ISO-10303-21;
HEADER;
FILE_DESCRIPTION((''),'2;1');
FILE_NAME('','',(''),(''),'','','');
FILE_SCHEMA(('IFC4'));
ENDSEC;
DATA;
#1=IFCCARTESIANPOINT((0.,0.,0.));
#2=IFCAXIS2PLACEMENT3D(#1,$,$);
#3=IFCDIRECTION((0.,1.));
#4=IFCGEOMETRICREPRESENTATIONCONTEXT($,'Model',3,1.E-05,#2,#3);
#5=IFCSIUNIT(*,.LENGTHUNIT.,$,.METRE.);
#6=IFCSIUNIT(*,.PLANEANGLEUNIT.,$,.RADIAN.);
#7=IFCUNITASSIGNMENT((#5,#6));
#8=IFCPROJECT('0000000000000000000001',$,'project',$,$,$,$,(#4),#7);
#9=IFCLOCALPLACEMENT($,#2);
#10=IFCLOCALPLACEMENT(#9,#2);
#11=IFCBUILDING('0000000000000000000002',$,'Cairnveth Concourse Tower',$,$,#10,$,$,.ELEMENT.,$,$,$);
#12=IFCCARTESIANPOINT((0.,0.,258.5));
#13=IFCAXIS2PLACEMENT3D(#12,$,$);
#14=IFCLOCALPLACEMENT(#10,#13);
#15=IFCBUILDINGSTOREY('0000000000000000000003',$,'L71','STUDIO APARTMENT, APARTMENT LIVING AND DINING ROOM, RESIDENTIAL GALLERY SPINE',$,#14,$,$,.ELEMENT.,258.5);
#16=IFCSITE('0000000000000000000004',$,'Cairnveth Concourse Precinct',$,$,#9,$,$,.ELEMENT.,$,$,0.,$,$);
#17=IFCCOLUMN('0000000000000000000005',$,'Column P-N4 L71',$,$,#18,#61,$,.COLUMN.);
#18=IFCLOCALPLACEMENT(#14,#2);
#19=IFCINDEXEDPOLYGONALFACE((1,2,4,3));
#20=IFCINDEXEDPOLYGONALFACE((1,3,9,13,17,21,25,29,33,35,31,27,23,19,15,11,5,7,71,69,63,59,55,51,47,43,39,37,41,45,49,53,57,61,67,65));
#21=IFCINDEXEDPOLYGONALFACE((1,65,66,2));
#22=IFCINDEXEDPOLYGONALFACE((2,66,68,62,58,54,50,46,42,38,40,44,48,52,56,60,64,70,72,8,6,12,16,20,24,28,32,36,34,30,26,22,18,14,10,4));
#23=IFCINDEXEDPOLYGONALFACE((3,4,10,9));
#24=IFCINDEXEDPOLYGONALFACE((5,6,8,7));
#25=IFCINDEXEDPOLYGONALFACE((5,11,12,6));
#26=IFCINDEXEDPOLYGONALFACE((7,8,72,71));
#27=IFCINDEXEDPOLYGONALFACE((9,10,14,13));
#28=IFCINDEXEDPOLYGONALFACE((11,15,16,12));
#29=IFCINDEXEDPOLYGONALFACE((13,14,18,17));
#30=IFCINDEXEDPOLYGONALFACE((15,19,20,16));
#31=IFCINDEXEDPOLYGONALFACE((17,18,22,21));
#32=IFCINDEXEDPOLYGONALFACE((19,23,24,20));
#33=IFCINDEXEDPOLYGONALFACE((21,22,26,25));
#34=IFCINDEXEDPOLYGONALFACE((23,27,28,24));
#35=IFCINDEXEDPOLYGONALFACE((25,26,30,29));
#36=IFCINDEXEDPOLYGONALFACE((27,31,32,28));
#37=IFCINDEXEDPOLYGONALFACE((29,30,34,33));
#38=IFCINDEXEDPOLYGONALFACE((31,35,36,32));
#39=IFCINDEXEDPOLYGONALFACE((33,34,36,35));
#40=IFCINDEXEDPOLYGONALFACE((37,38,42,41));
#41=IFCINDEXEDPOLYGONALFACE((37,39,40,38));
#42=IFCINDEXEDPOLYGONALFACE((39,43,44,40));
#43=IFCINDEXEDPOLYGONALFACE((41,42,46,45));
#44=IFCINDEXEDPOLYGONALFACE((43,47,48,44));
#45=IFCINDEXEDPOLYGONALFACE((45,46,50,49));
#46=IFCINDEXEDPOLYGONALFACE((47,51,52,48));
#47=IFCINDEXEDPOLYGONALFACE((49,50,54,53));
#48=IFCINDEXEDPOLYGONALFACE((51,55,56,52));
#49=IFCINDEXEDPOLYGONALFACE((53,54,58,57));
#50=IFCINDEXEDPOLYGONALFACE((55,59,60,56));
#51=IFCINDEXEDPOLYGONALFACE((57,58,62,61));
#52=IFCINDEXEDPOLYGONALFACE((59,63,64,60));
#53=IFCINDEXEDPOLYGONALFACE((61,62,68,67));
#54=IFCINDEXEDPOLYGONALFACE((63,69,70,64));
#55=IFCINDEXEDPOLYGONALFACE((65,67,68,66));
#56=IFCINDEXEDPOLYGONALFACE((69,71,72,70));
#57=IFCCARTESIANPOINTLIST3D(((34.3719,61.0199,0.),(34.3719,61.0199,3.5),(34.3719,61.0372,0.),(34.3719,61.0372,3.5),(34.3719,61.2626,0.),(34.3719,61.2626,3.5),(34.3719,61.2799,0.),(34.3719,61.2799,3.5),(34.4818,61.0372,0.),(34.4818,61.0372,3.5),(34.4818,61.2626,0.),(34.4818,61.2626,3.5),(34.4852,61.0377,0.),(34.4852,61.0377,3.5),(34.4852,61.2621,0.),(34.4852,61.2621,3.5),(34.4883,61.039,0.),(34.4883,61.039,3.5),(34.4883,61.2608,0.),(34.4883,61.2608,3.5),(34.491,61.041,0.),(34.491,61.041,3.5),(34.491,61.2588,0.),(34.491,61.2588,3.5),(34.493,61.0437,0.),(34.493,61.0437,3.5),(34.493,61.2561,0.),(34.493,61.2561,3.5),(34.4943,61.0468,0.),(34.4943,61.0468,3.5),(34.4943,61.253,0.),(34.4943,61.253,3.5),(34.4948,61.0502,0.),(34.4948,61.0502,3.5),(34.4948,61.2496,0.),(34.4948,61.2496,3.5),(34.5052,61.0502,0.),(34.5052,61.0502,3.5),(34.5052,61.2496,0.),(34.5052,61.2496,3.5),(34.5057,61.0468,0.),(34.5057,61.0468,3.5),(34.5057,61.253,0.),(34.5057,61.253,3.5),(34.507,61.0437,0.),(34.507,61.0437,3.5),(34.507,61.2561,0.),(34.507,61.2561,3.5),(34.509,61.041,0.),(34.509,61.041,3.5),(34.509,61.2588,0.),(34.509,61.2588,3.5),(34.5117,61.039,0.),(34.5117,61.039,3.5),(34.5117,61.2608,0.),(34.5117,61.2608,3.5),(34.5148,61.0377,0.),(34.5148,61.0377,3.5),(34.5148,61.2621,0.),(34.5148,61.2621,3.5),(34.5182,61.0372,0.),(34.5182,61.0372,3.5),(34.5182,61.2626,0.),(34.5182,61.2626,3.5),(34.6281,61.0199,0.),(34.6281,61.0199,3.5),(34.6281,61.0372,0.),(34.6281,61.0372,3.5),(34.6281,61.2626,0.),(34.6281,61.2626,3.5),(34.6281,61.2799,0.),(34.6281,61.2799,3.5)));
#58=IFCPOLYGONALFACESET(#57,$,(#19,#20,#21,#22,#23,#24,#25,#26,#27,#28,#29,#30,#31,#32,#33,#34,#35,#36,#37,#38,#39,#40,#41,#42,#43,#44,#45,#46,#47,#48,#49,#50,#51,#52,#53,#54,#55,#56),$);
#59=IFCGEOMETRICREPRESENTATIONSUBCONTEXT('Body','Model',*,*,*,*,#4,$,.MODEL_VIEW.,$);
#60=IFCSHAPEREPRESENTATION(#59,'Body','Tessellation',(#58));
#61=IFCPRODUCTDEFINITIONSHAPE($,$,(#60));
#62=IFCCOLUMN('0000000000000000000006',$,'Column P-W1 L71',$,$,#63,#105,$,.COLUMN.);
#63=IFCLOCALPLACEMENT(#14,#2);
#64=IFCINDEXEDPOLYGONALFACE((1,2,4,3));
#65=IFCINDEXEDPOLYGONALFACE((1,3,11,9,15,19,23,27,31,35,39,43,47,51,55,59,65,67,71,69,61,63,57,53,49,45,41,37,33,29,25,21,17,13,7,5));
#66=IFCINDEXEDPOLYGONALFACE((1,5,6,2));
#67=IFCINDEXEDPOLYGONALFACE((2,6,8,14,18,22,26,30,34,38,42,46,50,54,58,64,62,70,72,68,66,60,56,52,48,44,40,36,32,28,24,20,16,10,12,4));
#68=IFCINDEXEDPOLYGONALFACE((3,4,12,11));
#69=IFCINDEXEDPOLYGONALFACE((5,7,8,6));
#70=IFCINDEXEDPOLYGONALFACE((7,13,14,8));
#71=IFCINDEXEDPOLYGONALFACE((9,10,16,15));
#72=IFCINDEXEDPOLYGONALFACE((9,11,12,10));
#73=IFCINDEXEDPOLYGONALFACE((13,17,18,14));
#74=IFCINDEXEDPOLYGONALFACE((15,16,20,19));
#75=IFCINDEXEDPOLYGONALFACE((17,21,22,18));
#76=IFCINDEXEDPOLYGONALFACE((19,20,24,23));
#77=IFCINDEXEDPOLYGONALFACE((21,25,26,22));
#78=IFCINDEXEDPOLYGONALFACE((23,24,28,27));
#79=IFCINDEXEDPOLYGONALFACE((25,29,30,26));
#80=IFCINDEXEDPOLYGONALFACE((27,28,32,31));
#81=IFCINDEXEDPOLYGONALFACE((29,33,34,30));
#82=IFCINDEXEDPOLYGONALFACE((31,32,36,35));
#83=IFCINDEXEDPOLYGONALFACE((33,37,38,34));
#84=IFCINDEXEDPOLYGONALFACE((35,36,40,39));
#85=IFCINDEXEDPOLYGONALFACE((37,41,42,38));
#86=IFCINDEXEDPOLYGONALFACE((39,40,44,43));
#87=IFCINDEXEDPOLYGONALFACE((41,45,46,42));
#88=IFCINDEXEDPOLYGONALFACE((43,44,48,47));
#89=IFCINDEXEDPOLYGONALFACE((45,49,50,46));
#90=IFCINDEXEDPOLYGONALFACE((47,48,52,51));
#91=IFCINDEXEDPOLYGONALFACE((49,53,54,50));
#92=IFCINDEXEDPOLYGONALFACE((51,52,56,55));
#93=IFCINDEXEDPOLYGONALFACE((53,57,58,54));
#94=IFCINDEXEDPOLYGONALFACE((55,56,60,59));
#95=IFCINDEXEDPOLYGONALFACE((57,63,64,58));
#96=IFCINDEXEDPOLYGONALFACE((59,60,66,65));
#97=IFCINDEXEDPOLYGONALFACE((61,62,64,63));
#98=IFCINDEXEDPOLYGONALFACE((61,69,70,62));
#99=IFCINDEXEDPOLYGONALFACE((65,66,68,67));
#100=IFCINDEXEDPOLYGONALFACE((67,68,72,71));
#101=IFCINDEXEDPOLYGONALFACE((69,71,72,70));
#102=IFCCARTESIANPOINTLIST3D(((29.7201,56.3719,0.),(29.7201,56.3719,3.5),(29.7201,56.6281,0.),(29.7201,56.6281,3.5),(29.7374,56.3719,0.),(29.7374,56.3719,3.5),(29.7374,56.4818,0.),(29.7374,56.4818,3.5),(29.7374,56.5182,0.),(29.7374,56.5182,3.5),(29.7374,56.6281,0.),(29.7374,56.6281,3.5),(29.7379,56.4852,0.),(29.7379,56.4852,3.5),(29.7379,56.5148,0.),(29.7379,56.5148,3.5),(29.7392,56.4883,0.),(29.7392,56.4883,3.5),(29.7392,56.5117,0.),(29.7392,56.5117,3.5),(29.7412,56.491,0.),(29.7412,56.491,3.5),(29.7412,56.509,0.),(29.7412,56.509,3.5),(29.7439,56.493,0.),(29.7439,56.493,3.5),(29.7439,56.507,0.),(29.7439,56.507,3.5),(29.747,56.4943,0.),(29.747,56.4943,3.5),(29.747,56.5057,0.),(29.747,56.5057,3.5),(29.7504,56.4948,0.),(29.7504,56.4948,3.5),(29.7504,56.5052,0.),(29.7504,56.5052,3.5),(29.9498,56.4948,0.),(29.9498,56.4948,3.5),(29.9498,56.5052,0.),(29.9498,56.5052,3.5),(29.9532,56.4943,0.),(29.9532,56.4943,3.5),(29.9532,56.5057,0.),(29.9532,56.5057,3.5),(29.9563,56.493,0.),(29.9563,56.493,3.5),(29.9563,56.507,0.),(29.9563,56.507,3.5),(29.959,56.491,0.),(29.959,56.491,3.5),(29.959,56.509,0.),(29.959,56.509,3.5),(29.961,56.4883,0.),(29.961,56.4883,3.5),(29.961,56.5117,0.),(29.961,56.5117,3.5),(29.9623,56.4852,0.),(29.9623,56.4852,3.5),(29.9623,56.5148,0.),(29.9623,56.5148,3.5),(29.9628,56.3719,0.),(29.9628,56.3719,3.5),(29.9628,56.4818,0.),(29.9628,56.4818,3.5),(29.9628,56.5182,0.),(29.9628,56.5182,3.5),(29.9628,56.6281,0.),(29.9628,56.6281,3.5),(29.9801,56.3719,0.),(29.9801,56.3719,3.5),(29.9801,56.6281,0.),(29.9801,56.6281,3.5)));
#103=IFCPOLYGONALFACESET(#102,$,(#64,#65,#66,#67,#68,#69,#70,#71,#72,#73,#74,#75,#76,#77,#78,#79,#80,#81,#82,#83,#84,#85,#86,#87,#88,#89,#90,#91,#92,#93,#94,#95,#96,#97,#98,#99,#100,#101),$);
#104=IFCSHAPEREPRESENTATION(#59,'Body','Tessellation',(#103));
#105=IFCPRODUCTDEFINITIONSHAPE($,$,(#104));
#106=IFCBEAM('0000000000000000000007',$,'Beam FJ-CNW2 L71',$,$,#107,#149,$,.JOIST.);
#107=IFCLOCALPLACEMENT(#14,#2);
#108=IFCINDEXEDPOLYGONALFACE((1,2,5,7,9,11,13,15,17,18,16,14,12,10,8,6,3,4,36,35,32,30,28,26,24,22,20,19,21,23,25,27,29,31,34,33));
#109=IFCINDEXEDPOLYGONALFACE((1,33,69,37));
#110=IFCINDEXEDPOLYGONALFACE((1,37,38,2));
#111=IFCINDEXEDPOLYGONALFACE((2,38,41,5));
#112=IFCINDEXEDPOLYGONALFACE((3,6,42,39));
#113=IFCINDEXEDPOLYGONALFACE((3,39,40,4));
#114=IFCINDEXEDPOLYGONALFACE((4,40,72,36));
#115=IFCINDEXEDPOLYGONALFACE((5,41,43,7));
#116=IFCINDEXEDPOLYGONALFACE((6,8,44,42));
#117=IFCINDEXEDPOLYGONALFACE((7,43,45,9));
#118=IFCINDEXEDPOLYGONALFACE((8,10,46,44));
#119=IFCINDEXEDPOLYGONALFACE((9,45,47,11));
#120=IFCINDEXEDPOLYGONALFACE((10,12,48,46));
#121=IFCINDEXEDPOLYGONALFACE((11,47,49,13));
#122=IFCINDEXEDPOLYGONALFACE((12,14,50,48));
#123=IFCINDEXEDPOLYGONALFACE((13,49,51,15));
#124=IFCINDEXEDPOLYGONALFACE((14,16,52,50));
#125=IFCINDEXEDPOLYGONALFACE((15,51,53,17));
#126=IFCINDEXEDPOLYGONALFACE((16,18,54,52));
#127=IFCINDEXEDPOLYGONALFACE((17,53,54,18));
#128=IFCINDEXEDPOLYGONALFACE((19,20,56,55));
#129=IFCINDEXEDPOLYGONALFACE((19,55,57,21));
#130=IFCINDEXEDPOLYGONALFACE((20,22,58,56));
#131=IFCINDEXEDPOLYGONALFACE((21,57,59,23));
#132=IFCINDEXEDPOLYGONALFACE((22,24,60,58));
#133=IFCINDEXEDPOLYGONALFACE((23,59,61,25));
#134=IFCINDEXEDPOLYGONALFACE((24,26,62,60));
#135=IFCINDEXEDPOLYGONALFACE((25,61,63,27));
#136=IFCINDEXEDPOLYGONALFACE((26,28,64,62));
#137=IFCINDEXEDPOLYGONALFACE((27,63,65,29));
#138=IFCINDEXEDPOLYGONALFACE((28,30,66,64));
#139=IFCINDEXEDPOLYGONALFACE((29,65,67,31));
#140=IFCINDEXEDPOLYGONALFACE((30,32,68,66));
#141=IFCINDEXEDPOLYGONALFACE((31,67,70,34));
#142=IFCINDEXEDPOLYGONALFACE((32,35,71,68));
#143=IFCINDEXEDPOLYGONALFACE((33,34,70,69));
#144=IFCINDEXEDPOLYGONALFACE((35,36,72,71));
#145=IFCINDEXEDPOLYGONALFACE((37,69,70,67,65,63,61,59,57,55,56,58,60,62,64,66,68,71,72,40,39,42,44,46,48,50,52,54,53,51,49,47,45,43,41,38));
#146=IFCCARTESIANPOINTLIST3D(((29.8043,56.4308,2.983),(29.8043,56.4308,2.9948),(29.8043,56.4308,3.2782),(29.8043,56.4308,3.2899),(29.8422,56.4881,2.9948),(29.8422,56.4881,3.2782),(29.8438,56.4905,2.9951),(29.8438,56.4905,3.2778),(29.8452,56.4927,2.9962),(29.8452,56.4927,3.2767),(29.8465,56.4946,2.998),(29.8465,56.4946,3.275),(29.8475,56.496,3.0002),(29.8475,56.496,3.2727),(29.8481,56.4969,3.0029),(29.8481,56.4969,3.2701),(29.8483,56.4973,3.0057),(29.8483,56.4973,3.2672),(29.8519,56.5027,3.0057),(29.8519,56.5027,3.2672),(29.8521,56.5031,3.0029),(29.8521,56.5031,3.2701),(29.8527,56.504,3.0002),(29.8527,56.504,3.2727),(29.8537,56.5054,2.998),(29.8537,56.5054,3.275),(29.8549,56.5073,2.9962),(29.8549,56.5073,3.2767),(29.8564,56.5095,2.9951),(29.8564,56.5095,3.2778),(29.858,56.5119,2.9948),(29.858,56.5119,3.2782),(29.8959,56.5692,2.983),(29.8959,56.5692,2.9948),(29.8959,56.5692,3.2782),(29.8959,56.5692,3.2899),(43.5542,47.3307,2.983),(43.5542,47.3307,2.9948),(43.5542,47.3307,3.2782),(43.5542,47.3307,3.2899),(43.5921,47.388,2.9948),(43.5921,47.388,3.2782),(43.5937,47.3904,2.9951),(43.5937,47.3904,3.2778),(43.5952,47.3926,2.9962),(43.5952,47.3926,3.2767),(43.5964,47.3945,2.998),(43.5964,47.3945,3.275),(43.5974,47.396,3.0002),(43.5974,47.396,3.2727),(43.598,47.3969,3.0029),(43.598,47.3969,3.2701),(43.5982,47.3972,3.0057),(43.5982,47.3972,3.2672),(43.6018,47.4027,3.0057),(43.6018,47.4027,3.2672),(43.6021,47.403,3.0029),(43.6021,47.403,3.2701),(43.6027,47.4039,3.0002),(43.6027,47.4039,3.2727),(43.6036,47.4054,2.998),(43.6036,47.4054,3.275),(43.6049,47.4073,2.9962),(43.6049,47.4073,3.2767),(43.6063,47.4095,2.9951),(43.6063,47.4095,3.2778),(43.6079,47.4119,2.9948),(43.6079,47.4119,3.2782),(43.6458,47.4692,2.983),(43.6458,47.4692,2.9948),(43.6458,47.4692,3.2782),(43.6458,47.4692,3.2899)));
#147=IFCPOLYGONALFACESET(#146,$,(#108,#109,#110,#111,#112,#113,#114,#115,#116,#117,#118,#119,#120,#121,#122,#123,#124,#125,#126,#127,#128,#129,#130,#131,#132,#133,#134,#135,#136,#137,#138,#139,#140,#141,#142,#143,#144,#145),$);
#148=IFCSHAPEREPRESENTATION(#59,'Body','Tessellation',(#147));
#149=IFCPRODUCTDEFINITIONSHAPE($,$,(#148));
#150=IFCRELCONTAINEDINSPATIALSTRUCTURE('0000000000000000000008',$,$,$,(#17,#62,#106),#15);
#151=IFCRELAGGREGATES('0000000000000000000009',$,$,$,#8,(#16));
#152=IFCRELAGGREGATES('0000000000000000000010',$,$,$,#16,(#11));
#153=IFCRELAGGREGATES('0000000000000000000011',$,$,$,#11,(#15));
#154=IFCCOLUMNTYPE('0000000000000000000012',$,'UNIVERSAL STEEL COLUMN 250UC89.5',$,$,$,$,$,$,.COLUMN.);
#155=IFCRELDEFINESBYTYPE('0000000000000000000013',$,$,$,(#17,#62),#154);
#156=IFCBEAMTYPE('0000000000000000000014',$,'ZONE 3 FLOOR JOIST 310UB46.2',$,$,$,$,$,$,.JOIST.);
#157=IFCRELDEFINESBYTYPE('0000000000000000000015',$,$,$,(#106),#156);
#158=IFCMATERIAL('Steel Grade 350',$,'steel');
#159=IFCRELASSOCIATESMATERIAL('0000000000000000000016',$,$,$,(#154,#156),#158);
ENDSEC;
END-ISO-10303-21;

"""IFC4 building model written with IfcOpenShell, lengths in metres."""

from ifc_helpers import new_model, si_unit, direction, frame, origin, origin_2d, place, context, subcontext, project, spatial, i_section, extrude, material, material_profile, profile_set, type_object, element, save


model = new_model("IFC4")

# Units and contexts
model_context = context("Model", 3, precision=1e-05, world=origin(), true_north=direction((0.0, 1.0)))
body_context = subcontext(model_context, "Body", "Model", "MODEL_VIEW")
ifc_project = project(units=[si_unit("LENGTHUNIT", "METRE"), si_unit("PLANEANGLEUNIT", "RADIAN")], contexts=[model_context])

# Site, building, storey
site_placement = place(None, origin())
site = spatial("IfcSite", under=ifc_project, at=site_placement, Name="Cairnveth Concourse Precinct", CompositionType="ELEMENT", RefElevation=0.0)
building_placement = place(site_placement, origin())
building = spatial("IfcBuilding", under=site, at=building_placement, Name="Cairnveth Concourse Tower", CompositionType="ELEMENT")
storey_placement = place(building_placement, frame((0.0, 0.0, 258.5)))
storey = spatial("IfcBuildingStorey", under=building, at=storey_placement, Name="L71", Description="STUDIO APARTMENT, APARTMENT LIVING AND DINING ROOM, RESIDENTIAL GALLERY SPINE", CompositionType="ELEMENT", Elevation=258.5)

# Columns
ifc_material_1 = material(Name="Steel Grade 350", Category="steel")
ifc_material_profile_1 = material_profile(ifc_material_1, i_section(OverallWidth=0.2561, OverallDepth=0.26, WebThickness=0.0105, FlangeThickness=0.0173, FilletRadius=0.0129, at=origin_2d()), Name="250UC89.5")
ifc_profile_set_1 = profile_set([ifc_material_profile_1], Name="Steel Grade 350")
column_type = type_object("IfcColumnType", Name="UNIVERSAL STEEL COLUMN 250UC89.5", PredefinedType="COLUMN", material=ifc_profile_set_1)
for number, where, z_axis, x_axis, name in (
    (1, (34.5, 61.1499, 0.0), (0.0, 0.0, 1.0), (1.0, 0.0, 0.0), "Column P-N4 L71"),
    (2, (29.8501, 56.5, 0.0), (0.0, 0.0, 1.0), (0.0, 1.0, 0.0), "Column P-W1 L71"),
):
    element("IfcColumn", number, at=place(storey_placement, frame(where, z_axis=z_axis, x_axis=x_axis)), inside=storey, type_object=column_type, Name=name, PredefinedType="COLUMN", context=body_context, shape_type="SweptSolid", body=[
        extrude(i_section(OverallWidth=0.2561, OverallDepth=0.26, WebThickness=0.0105, FlangeThickness=0.0173, FilletRadius=0.0129, at=origin_2d()), origin(), (0.0, 0.0, 1.0), 3.5),
    ])

# Beam
ifc_material_profile_2 = material_profile(ifc_material_1, i_section(OverallWidth=0.166, OverallDepth=0.3069, WebThickness=0.0066, FlangeThickness=0.0117, FilletRadius=0.011, at=origin_2d()), Name="310UB46.2")
ifc_profile_set_2 = profile_set([ifc_material_profile_2], Name="Steel Grade 350")
beam_type_1 = type_object("IfcBeamType", Name="ZONE 3 FLOOR JOIST 310UB46.2", PredefinedType="JOIST", material=ifc_profile_set_2)
beam_1_placement = place(storey_placement, frame((29.8501, 56.5, 3.1365), z_axis=(0.833909, -0.551902, 0.0), x_axis=(0.551902, 0.833909, 0.0)))
element("IfcBeam", 3, at=beam_1_placement, inside=storey, type_object=beam_type_1, Name="Beam FJ-CNW2 L71", PredefinedType="JOIST", context=body_context, shape_type="SweptSolid", body=[
    extrude(i_section(OverallWidth=0.166, OverallDepth=0.3069, WebThickness=0.0066, FlangeThickness=0.0117, FilletRadius=0.011, at=origin_2d()), origin(), (0.0, 0.0, 1.0), 16.4885),
])

save(model, "model.ifc")
